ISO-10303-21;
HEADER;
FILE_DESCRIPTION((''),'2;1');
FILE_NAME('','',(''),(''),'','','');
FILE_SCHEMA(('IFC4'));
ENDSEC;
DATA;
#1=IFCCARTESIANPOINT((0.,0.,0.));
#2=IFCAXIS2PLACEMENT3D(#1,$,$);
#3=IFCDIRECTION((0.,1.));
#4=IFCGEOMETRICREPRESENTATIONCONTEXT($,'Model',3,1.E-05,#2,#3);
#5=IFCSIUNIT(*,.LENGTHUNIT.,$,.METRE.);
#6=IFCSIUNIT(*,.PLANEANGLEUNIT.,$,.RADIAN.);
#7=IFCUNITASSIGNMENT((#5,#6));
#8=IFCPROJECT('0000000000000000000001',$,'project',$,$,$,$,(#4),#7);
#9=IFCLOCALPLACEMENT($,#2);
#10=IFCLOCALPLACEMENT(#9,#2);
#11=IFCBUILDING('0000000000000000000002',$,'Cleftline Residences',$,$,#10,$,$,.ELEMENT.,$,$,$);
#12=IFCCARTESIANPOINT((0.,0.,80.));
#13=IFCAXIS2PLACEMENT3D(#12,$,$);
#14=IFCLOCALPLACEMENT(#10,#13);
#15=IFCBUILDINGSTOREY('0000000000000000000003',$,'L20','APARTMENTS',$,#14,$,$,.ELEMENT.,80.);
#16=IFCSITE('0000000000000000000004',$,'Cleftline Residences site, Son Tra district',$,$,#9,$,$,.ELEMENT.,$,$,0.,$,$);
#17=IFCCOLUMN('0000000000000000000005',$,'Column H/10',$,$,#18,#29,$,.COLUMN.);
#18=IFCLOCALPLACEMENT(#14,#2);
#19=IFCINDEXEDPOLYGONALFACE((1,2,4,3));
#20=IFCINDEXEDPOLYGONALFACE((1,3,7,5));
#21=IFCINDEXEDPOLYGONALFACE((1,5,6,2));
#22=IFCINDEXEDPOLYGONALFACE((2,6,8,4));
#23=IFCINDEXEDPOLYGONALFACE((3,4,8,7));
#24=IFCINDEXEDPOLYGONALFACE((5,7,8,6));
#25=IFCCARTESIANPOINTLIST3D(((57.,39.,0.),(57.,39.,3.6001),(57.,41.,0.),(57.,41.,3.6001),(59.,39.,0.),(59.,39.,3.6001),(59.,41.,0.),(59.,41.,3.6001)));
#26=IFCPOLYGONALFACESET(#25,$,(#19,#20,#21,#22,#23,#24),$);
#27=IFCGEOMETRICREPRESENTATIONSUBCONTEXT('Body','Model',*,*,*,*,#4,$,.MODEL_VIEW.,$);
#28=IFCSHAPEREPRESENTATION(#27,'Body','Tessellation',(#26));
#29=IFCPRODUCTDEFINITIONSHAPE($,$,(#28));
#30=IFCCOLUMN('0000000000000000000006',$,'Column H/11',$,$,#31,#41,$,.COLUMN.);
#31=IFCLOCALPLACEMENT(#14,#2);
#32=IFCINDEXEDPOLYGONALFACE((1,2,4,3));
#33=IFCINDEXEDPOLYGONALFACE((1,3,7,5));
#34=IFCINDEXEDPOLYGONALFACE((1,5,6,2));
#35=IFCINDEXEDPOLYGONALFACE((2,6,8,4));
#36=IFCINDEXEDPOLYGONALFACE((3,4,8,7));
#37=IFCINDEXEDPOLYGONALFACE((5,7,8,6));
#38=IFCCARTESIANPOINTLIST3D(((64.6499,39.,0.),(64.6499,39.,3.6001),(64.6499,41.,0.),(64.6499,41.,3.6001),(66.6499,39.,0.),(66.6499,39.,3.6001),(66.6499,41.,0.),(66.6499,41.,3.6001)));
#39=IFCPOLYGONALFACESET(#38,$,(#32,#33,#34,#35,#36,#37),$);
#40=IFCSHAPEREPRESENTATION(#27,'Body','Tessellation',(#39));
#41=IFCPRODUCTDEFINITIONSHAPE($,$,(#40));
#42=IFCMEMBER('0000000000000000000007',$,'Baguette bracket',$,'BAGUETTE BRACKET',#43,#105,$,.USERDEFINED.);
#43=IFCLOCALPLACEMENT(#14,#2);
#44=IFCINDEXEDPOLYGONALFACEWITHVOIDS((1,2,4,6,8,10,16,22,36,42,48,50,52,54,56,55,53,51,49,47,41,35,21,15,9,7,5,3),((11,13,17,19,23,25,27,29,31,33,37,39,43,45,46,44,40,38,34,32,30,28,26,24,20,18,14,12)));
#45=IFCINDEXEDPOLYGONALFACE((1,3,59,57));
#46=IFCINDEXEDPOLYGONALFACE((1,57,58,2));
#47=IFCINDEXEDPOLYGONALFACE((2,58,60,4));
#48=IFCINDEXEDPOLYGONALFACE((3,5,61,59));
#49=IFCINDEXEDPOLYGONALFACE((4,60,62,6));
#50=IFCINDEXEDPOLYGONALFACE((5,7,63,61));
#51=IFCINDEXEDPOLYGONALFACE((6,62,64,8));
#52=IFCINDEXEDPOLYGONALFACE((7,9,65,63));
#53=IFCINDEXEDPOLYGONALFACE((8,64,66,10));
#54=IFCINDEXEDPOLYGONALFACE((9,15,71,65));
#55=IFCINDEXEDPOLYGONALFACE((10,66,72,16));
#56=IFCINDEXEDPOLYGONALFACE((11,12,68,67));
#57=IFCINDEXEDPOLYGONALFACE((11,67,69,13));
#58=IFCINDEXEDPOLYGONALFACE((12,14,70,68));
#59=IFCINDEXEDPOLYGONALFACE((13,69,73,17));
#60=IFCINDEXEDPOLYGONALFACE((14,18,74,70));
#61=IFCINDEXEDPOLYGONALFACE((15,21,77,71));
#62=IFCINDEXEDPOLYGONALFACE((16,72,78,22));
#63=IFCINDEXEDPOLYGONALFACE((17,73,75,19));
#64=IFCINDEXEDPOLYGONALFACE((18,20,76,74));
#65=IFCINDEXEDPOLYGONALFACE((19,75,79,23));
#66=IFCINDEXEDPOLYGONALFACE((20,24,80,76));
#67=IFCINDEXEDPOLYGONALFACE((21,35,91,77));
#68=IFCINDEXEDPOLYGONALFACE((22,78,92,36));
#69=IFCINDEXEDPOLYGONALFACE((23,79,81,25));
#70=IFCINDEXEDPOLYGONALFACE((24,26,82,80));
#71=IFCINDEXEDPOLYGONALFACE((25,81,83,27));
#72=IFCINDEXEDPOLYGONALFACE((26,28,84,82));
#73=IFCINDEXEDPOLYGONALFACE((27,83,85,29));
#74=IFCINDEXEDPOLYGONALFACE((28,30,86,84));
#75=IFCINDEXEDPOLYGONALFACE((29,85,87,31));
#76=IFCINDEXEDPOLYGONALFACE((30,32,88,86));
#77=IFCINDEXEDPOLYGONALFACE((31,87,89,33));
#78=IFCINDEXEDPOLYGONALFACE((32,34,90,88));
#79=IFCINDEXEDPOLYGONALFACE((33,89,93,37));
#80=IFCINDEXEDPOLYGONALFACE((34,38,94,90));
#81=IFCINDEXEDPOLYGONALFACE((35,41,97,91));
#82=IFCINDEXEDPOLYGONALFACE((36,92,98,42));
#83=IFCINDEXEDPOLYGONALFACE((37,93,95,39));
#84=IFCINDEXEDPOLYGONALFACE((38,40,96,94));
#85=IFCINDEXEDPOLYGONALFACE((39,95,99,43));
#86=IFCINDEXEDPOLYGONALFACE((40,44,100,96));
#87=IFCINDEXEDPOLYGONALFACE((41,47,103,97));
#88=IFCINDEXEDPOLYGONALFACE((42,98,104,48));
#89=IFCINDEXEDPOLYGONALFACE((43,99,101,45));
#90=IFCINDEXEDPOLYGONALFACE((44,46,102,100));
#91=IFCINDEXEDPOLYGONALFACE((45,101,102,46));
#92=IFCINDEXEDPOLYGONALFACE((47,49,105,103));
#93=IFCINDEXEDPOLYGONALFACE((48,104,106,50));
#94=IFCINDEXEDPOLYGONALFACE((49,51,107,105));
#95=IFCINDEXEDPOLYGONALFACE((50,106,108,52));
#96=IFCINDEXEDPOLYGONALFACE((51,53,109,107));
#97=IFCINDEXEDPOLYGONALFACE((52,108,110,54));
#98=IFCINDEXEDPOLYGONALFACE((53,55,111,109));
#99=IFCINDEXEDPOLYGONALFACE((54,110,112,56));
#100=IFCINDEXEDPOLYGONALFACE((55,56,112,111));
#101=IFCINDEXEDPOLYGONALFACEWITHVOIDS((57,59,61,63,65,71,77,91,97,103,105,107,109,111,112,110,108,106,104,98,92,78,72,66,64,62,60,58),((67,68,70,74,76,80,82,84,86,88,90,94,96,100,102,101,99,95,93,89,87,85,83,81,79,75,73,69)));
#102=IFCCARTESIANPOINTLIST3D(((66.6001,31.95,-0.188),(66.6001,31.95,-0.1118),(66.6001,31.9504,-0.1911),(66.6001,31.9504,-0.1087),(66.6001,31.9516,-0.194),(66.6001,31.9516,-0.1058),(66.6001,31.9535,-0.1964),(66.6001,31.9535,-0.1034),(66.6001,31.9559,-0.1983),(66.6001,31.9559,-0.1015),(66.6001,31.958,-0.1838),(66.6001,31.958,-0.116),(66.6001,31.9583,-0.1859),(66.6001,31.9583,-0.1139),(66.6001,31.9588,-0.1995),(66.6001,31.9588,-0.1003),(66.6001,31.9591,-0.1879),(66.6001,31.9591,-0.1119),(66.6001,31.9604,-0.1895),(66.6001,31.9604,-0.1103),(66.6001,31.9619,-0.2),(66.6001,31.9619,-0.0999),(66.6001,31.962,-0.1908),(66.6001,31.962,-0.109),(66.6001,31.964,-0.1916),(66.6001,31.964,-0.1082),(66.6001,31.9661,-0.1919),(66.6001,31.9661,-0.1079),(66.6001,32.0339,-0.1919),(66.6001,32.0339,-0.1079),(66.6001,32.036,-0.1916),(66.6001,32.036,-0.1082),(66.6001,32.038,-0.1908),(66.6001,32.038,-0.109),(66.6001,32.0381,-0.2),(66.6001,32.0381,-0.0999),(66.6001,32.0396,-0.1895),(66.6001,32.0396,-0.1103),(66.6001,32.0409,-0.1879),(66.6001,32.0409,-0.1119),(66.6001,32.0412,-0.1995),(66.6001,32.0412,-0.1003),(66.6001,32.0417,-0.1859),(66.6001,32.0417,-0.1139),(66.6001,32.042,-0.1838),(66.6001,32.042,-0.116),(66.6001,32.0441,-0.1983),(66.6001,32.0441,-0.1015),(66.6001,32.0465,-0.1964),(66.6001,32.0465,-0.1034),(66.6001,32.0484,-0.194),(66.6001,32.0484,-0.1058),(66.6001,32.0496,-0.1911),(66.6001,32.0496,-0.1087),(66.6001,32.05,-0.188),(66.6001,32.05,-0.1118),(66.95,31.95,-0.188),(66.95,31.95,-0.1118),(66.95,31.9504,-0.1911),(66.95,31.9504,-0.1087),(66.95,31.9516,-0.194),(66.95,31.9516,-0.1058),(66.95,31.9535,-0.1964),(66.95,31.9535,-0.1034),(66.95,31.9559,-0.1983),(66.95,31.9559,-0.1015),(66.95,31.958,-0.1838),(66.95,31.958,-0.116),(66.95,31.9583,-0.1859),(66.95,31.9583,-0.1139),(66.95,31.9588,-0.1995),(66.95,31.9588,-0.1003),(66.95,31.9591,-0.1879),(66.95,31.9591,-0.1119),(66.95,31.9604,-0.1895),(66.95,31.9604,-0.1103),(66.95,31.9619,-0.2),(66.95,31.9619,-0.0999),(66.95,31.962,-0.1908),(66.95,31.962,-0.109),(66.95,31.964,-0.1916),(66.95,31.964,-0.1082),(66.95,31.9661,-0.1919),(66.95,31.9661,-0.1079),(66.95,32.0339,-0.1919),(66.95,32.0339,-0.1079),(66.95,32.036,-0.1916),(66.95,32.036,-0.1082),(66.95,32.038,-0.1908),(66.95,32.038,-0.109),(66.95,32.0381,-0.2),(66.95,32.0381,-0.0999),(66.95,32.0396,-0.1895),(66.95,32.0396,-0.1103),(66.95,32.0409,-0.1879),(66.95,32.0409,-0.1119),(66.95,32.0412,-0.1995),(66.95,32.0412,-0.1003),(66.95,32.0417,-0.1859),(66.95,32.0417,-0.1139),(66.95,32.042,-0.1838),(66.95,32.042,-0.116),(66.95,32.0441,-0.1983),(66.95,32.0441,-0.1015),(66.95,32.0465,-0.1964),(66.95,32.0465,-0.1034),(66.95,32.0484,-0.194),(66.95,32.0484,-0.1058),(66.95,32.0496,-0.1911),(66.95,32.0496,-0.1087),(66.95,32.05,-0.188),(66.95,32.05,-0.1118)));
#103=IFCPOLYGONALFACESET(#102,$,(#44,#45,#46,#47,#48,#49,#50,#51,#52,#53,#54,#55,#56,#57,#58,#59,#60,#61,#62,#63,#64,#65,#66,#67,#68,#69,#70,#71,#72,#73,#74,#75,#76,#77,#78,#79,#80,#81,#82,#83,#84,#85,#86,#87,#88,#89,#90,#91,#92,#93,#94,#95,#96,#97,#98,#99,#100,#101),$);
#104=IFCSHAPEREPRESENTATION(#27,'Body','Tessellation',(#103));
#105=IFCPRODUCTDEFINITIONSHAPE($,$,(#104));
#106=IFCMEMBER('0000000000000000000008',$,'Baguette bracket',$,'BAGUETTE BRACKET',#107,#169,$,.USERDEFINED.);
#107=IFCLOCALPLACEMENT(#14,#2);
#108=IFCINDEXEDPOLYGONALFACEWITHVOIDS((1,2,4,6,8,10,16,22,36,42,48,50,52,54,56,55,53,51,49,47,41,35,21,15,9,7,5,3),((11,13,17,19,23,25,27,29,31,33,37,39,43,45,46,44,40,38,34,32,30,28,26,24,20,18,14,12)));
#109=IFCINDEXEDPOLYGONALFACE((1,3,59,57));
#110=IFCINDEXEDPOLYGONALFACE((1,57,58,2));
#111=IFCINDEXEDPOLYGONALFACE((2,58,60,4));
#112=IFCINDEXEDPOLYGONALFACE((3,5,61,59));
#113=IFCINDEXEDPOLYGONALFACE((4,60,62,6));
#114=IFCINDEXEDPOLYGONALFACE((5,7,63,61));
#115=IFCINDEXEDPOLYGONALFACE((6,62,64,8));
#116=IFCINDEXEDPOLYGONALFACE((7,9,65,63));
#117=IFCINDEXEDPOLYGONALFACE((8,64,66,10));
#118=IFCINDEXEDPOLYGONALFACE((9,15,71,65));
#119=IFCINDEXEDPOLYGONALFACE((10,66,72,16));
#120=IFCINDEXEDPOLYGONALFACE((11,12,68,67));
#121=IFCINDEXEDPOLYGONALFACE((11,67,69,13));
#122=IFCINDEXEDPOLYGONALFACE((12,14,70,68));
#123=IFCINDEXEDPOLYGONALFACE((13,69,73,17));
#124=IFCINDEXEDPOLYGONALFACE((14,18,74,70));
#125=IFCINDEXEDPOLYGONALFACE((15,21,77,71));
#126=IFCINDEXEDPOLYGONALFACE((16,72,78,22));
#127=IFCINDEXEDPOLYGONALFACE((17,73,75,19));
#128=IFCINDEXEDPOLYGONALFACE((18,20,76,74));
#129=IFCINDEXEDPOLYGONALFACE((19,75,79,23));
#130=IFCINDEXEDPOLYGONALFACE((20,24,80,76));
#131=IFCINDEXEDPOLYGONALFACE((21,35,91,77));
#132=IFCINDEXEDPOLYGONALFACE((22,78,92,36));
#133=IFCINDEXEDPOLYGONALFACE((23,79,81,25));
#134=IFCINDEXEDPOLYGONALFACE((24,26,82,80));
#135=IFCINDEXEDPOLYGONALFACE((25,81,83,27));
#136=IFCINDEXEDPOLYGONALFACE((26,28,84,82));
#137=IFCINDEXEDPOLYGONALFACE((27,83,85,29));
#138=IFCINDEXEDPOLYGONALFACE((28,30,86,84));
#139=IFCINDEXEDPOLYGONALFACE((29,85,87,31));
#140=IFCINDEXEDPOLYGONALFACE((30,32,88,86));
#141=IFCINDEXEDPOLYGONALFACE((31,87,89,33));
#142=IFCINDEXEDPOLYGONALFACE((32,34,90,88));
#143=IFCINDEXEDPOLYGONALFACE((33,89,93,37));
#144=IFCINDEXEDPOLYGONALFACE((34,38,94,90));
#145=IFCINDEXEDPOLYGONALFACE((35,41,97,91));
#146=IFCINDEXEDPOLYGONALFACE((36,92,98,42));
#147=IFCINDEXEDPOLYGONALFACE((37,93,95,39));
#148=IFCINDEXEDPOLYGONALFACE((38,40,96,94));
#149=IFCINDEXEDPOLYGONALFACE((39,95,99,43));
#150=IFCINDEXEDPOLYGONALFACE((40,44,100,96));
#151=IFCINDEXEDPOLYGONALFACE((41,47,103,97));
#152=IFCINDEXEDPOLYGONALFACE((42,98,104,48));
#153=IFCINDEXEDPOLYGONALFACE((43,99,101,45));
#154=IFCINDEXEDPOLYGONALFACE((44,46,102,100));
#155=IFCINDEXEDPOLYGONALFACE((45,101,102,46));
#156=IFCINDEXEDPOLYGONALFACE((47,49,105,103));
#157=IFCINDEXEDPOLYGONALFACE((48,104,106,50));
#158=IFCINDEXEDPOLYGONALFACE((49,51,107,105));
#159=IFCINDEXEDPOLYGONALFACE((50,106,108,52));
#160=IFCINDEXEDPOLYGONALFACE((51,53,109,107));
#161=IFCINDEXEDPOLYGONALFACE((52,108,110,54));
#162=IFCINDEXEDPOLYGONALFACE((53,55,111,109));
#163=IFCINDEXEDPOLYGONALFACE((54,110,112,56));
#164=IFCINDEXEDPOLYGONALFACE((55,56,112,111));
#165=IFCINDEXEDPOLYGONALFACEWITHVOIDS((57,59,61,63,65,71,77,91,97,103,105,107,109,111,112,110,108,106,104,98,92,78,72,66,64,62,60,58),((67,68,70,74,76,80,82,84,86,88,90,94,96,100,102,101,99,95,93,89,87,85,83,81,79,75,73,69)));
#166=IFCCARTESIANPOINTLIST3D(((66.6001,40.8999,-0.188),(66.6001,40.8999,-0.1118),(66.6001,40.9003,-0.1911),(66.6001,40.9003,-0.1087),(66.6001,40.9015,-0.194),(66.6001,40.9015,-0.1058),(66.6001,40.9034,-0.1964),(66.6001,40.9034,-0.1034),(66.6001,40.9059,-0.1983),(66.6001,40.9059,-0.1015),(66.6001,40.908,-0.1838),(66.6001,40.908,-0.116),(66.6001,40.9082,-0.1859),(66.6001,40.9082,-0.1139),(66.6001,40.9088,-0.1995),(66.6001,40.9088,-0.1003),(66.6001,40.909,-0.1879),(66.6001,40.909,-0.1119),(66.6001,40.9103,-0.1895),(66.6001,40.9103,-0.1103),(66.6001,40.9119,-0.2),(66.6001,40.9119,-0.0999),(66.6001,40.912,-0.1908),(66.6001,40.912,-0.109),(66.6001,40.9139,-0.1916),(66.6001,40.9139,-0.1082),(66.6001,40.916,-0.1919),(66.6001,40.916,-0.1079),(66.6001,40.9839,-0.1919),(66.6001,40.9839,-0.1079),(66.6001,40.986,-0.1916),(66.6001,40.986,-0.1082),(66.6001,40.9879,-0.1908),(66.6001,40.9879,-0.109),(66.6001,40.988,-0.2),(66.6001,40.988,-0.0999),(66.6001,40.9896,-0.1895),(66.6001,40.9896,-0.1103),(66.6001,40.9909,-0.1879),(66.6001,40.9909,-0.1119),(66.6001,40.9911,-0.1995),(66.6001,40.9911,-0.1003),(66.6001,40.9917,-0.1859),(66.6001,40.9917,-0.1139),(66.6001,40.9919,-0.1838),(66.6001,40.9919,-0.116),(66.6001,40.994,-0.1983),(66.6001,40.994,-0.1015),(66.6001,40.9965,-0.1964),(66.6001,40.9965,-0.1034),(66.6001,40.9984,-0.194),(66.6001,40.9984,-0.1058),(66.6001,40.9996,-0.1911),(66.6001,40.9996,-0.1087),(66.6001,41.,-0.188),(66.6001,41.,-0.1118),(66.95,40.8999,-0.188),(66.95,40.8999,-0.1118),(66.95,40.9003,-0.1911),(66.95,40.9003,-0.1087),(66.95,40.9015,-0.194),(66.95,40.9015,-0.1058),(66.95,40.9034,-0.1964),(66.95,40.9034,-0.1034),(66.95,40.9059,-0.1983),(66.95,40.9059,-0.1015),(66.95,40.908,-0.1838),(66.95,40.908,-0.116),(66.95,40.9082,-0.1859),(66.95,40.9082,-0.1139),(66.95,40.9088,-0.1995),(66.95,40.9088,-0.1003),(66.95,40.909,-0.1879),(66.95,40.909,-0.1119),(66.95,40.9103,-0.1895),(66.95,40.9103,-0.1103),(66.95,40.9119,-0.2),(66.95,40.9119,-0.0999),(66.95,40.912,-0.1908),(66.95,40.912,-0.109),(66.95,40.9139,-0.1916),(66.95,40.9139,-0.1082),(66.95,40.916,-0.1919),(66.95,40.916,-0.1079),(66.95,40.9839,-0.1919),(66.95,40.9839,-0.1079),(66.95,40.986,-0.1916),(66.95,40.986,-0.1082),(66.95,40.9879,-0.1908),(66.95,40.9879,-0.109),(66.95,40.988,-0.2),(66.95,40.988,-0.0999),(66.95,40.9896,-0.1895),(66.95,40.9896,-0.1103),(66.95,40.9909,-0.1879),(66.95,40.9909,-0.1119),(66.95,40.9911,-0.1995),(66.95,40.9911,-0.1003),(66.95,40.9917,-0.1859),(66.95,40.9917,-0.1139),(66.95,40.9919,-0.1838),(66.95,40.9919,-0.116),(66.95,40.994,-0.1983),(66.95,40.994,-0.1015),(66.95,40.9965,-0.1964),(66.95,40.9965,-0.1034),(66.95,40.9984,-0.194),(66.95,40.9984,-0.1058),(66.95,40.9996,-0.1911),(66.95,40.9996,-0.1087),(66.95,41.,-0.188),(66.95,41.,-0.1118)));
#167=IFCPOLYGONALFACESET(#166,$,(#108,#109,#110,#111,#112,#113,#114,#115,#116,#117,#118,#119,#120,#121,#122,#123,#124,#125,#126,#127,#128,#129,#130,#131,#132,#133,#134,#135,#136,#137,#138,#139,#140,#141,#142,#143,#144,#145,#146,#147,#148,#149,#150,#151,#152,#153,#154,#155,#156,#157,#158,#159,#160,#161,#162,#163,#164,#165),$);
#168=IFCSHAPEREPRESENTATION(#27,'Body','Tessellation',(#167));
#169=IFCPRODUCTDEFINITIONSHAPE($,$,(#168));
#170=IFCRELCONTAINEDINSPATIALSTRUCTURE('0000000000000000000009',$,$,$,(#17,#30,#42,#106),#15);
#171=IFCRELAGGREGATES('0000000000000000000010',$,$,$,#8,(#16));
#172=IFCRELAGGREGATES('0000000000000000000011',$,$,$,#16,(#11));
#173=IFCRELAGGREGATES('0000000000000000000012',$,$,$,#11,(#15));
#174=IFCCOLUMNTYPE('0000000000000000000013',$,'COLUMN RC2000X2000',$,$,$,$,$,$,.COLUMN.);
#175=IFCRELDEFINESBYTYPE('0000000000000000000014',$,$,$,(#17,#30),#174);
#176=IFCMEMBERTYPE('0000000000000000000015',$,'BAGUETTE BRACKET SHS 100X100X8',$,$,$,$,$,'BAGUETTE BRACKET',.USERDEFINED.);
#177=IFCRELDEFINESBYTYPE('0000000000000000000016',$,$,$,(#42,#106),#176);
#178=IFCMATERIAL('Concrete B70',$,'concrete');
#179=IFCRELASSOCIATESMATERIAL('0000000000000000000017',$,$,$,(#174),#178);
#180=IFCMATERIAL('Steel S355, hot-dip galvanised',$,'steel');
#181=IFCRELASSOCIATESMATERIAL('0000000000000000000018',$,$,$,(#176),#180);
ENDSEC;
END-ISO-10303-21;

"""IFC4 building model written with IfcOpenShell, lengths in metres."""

from ifc_helpers import new_model, si_unit, direction, frame, origin, origin_2d, place, context, subcontext, project, spatial, rectangle, hollow_rectangle, extrude, material, material_profile, profile_set, type_object, element, save


model = new_model("IFC4")

# Units and contexts
model_context = context("Model", 3, precision=1e-05, world=origin(), true_north=direction((0.0, 1.0)))
body_context = subcontext(model_context, "Body", "Model", "MODEL_VIEW")
ifc_project = project(units=[si_unit("LENGTHUNIT", "METRE"), si_unit("PLANEANGLEUNIT", "RADIAN")], contexts=[model_context])

# Site, building, storey
site_placement = place(None, origin())
site = spatial("IfcSite", under=ifc_project, at=site_placement, Name="Cleftline Residences site, Son Tra district", CompositionType="ELEMENT", RefElevation=0.0)
building_placement = place(site_placement, origin())
building = spatial("IfcBuilding", under=site, at=building_placement, Name="Cleftline Residences", CompositionType="ELEMENT")
storey_placement = place(building_placement, frame((0.0, 0.0, 80.0)))
storey = spatial("IfcBuildingStorey", under=building, at=storey_placement, Name="L20", Description="APARTMENTS", CompositionType="ELEMENT", Elevation=80.0)

# Columns
ifc_material_1 = material(Name="Concrete B70", Category="concrete")
ifc_material_profile_1 = material_profile(ifc_material_1, rectangle(XDim=2.0, YDim=2.0, at=origin_2d()))
ifc_profile_set_1 = profile_set([ifc_material_profile_1], Name="Concrete B70")
column_type = type_object("IfcColumnType", Name="COLUMN RC2000X2000", PredefinedType="COLUMN", material=ifc_profile_set_1)
for number, where, z_axis, x_axis, name in (
    (1, (58.0, 40.0, 0.0), (0.0, 0.0, 1.0), (1.0, 0.0, 0.0), "Column H/10"),
    (2, (65.6499, 40.0, 0.0), (0.0, 0.0, 1.0), (1.0, 0.0, 0.0), "Column H/11"),
):
    element("IfcColumn", number, at=place(storey_placement, frame(where, z_axis=z_axis, x_axis=x_axis)), inside=storey, type_object=column_type, Name=name, PredefinedType="COLUMN", context=body_context, shape_type="SweptSolid", body=[
        extrude(rectangle(XDim=2.0, YDim=2.0, at=origin_2d()), origin(), (0.0, 0.0, 1.0), 3.6001),
    ])

# Members
ifc_material_2 = material(Name="Steel S355, hot-dip galvanised", Category="steel")
ifc_material_profile_2 = material_profile(ifc_material_2, hollow_rectangle(XDim=0.1001, YDim=0.1001, WallThickness=0.0081, InnerFilletRadius=0.0081, OuterFilletRadius=0.012, at=origin_2d()))
ifc_profile_set_2 = profile_set([ifc_material_profile_2], Name="Steel S355, hot-dip galvanised")
member_type_1 = type_object("IfcMemberType", Name="BAGUETTE BRACKET SHS 100X100X8", ElementType="BAGUETTE BRACKET", PredefinedType="USERDEFINED", material=ifc_profile_set_2)
for number, where, z_axis, x_axis, name in (
    (3, (66.6001, 32.0, -0.1499), (1.0, 0.0, 0.0), (0.0, 1.0, 0.0), "Baguette bracket"),
    (4, (66.6001, 40.95, -0.1499), (1.0, 0.0, 0.0), (0.0, 1.0, 0.0), "Baguette bracket"),
):
    element("IfcMember", number, at=place(storey_placement, frame(where, z_axis=z_axis, x_axis=x_axis)), inside=storey, type_object=member_type_1, Name=name, ObjectType="BAGUETTE BRACKET", PredefinedType="USERDEFINED", context=body_context, shape_type="SweptSolid", body=[
        extrude(hollow_rectangle(XDim=0.1001, YDim=0.1001, WallThickness=0.0081, InnerFilletRadius=0.0081, OuterFilletRadius=0.012, at=origin_2d()), origin(), (0.0, 0.0, 1.0), 0.3499),
    ])

save(model, "model.ifc")
